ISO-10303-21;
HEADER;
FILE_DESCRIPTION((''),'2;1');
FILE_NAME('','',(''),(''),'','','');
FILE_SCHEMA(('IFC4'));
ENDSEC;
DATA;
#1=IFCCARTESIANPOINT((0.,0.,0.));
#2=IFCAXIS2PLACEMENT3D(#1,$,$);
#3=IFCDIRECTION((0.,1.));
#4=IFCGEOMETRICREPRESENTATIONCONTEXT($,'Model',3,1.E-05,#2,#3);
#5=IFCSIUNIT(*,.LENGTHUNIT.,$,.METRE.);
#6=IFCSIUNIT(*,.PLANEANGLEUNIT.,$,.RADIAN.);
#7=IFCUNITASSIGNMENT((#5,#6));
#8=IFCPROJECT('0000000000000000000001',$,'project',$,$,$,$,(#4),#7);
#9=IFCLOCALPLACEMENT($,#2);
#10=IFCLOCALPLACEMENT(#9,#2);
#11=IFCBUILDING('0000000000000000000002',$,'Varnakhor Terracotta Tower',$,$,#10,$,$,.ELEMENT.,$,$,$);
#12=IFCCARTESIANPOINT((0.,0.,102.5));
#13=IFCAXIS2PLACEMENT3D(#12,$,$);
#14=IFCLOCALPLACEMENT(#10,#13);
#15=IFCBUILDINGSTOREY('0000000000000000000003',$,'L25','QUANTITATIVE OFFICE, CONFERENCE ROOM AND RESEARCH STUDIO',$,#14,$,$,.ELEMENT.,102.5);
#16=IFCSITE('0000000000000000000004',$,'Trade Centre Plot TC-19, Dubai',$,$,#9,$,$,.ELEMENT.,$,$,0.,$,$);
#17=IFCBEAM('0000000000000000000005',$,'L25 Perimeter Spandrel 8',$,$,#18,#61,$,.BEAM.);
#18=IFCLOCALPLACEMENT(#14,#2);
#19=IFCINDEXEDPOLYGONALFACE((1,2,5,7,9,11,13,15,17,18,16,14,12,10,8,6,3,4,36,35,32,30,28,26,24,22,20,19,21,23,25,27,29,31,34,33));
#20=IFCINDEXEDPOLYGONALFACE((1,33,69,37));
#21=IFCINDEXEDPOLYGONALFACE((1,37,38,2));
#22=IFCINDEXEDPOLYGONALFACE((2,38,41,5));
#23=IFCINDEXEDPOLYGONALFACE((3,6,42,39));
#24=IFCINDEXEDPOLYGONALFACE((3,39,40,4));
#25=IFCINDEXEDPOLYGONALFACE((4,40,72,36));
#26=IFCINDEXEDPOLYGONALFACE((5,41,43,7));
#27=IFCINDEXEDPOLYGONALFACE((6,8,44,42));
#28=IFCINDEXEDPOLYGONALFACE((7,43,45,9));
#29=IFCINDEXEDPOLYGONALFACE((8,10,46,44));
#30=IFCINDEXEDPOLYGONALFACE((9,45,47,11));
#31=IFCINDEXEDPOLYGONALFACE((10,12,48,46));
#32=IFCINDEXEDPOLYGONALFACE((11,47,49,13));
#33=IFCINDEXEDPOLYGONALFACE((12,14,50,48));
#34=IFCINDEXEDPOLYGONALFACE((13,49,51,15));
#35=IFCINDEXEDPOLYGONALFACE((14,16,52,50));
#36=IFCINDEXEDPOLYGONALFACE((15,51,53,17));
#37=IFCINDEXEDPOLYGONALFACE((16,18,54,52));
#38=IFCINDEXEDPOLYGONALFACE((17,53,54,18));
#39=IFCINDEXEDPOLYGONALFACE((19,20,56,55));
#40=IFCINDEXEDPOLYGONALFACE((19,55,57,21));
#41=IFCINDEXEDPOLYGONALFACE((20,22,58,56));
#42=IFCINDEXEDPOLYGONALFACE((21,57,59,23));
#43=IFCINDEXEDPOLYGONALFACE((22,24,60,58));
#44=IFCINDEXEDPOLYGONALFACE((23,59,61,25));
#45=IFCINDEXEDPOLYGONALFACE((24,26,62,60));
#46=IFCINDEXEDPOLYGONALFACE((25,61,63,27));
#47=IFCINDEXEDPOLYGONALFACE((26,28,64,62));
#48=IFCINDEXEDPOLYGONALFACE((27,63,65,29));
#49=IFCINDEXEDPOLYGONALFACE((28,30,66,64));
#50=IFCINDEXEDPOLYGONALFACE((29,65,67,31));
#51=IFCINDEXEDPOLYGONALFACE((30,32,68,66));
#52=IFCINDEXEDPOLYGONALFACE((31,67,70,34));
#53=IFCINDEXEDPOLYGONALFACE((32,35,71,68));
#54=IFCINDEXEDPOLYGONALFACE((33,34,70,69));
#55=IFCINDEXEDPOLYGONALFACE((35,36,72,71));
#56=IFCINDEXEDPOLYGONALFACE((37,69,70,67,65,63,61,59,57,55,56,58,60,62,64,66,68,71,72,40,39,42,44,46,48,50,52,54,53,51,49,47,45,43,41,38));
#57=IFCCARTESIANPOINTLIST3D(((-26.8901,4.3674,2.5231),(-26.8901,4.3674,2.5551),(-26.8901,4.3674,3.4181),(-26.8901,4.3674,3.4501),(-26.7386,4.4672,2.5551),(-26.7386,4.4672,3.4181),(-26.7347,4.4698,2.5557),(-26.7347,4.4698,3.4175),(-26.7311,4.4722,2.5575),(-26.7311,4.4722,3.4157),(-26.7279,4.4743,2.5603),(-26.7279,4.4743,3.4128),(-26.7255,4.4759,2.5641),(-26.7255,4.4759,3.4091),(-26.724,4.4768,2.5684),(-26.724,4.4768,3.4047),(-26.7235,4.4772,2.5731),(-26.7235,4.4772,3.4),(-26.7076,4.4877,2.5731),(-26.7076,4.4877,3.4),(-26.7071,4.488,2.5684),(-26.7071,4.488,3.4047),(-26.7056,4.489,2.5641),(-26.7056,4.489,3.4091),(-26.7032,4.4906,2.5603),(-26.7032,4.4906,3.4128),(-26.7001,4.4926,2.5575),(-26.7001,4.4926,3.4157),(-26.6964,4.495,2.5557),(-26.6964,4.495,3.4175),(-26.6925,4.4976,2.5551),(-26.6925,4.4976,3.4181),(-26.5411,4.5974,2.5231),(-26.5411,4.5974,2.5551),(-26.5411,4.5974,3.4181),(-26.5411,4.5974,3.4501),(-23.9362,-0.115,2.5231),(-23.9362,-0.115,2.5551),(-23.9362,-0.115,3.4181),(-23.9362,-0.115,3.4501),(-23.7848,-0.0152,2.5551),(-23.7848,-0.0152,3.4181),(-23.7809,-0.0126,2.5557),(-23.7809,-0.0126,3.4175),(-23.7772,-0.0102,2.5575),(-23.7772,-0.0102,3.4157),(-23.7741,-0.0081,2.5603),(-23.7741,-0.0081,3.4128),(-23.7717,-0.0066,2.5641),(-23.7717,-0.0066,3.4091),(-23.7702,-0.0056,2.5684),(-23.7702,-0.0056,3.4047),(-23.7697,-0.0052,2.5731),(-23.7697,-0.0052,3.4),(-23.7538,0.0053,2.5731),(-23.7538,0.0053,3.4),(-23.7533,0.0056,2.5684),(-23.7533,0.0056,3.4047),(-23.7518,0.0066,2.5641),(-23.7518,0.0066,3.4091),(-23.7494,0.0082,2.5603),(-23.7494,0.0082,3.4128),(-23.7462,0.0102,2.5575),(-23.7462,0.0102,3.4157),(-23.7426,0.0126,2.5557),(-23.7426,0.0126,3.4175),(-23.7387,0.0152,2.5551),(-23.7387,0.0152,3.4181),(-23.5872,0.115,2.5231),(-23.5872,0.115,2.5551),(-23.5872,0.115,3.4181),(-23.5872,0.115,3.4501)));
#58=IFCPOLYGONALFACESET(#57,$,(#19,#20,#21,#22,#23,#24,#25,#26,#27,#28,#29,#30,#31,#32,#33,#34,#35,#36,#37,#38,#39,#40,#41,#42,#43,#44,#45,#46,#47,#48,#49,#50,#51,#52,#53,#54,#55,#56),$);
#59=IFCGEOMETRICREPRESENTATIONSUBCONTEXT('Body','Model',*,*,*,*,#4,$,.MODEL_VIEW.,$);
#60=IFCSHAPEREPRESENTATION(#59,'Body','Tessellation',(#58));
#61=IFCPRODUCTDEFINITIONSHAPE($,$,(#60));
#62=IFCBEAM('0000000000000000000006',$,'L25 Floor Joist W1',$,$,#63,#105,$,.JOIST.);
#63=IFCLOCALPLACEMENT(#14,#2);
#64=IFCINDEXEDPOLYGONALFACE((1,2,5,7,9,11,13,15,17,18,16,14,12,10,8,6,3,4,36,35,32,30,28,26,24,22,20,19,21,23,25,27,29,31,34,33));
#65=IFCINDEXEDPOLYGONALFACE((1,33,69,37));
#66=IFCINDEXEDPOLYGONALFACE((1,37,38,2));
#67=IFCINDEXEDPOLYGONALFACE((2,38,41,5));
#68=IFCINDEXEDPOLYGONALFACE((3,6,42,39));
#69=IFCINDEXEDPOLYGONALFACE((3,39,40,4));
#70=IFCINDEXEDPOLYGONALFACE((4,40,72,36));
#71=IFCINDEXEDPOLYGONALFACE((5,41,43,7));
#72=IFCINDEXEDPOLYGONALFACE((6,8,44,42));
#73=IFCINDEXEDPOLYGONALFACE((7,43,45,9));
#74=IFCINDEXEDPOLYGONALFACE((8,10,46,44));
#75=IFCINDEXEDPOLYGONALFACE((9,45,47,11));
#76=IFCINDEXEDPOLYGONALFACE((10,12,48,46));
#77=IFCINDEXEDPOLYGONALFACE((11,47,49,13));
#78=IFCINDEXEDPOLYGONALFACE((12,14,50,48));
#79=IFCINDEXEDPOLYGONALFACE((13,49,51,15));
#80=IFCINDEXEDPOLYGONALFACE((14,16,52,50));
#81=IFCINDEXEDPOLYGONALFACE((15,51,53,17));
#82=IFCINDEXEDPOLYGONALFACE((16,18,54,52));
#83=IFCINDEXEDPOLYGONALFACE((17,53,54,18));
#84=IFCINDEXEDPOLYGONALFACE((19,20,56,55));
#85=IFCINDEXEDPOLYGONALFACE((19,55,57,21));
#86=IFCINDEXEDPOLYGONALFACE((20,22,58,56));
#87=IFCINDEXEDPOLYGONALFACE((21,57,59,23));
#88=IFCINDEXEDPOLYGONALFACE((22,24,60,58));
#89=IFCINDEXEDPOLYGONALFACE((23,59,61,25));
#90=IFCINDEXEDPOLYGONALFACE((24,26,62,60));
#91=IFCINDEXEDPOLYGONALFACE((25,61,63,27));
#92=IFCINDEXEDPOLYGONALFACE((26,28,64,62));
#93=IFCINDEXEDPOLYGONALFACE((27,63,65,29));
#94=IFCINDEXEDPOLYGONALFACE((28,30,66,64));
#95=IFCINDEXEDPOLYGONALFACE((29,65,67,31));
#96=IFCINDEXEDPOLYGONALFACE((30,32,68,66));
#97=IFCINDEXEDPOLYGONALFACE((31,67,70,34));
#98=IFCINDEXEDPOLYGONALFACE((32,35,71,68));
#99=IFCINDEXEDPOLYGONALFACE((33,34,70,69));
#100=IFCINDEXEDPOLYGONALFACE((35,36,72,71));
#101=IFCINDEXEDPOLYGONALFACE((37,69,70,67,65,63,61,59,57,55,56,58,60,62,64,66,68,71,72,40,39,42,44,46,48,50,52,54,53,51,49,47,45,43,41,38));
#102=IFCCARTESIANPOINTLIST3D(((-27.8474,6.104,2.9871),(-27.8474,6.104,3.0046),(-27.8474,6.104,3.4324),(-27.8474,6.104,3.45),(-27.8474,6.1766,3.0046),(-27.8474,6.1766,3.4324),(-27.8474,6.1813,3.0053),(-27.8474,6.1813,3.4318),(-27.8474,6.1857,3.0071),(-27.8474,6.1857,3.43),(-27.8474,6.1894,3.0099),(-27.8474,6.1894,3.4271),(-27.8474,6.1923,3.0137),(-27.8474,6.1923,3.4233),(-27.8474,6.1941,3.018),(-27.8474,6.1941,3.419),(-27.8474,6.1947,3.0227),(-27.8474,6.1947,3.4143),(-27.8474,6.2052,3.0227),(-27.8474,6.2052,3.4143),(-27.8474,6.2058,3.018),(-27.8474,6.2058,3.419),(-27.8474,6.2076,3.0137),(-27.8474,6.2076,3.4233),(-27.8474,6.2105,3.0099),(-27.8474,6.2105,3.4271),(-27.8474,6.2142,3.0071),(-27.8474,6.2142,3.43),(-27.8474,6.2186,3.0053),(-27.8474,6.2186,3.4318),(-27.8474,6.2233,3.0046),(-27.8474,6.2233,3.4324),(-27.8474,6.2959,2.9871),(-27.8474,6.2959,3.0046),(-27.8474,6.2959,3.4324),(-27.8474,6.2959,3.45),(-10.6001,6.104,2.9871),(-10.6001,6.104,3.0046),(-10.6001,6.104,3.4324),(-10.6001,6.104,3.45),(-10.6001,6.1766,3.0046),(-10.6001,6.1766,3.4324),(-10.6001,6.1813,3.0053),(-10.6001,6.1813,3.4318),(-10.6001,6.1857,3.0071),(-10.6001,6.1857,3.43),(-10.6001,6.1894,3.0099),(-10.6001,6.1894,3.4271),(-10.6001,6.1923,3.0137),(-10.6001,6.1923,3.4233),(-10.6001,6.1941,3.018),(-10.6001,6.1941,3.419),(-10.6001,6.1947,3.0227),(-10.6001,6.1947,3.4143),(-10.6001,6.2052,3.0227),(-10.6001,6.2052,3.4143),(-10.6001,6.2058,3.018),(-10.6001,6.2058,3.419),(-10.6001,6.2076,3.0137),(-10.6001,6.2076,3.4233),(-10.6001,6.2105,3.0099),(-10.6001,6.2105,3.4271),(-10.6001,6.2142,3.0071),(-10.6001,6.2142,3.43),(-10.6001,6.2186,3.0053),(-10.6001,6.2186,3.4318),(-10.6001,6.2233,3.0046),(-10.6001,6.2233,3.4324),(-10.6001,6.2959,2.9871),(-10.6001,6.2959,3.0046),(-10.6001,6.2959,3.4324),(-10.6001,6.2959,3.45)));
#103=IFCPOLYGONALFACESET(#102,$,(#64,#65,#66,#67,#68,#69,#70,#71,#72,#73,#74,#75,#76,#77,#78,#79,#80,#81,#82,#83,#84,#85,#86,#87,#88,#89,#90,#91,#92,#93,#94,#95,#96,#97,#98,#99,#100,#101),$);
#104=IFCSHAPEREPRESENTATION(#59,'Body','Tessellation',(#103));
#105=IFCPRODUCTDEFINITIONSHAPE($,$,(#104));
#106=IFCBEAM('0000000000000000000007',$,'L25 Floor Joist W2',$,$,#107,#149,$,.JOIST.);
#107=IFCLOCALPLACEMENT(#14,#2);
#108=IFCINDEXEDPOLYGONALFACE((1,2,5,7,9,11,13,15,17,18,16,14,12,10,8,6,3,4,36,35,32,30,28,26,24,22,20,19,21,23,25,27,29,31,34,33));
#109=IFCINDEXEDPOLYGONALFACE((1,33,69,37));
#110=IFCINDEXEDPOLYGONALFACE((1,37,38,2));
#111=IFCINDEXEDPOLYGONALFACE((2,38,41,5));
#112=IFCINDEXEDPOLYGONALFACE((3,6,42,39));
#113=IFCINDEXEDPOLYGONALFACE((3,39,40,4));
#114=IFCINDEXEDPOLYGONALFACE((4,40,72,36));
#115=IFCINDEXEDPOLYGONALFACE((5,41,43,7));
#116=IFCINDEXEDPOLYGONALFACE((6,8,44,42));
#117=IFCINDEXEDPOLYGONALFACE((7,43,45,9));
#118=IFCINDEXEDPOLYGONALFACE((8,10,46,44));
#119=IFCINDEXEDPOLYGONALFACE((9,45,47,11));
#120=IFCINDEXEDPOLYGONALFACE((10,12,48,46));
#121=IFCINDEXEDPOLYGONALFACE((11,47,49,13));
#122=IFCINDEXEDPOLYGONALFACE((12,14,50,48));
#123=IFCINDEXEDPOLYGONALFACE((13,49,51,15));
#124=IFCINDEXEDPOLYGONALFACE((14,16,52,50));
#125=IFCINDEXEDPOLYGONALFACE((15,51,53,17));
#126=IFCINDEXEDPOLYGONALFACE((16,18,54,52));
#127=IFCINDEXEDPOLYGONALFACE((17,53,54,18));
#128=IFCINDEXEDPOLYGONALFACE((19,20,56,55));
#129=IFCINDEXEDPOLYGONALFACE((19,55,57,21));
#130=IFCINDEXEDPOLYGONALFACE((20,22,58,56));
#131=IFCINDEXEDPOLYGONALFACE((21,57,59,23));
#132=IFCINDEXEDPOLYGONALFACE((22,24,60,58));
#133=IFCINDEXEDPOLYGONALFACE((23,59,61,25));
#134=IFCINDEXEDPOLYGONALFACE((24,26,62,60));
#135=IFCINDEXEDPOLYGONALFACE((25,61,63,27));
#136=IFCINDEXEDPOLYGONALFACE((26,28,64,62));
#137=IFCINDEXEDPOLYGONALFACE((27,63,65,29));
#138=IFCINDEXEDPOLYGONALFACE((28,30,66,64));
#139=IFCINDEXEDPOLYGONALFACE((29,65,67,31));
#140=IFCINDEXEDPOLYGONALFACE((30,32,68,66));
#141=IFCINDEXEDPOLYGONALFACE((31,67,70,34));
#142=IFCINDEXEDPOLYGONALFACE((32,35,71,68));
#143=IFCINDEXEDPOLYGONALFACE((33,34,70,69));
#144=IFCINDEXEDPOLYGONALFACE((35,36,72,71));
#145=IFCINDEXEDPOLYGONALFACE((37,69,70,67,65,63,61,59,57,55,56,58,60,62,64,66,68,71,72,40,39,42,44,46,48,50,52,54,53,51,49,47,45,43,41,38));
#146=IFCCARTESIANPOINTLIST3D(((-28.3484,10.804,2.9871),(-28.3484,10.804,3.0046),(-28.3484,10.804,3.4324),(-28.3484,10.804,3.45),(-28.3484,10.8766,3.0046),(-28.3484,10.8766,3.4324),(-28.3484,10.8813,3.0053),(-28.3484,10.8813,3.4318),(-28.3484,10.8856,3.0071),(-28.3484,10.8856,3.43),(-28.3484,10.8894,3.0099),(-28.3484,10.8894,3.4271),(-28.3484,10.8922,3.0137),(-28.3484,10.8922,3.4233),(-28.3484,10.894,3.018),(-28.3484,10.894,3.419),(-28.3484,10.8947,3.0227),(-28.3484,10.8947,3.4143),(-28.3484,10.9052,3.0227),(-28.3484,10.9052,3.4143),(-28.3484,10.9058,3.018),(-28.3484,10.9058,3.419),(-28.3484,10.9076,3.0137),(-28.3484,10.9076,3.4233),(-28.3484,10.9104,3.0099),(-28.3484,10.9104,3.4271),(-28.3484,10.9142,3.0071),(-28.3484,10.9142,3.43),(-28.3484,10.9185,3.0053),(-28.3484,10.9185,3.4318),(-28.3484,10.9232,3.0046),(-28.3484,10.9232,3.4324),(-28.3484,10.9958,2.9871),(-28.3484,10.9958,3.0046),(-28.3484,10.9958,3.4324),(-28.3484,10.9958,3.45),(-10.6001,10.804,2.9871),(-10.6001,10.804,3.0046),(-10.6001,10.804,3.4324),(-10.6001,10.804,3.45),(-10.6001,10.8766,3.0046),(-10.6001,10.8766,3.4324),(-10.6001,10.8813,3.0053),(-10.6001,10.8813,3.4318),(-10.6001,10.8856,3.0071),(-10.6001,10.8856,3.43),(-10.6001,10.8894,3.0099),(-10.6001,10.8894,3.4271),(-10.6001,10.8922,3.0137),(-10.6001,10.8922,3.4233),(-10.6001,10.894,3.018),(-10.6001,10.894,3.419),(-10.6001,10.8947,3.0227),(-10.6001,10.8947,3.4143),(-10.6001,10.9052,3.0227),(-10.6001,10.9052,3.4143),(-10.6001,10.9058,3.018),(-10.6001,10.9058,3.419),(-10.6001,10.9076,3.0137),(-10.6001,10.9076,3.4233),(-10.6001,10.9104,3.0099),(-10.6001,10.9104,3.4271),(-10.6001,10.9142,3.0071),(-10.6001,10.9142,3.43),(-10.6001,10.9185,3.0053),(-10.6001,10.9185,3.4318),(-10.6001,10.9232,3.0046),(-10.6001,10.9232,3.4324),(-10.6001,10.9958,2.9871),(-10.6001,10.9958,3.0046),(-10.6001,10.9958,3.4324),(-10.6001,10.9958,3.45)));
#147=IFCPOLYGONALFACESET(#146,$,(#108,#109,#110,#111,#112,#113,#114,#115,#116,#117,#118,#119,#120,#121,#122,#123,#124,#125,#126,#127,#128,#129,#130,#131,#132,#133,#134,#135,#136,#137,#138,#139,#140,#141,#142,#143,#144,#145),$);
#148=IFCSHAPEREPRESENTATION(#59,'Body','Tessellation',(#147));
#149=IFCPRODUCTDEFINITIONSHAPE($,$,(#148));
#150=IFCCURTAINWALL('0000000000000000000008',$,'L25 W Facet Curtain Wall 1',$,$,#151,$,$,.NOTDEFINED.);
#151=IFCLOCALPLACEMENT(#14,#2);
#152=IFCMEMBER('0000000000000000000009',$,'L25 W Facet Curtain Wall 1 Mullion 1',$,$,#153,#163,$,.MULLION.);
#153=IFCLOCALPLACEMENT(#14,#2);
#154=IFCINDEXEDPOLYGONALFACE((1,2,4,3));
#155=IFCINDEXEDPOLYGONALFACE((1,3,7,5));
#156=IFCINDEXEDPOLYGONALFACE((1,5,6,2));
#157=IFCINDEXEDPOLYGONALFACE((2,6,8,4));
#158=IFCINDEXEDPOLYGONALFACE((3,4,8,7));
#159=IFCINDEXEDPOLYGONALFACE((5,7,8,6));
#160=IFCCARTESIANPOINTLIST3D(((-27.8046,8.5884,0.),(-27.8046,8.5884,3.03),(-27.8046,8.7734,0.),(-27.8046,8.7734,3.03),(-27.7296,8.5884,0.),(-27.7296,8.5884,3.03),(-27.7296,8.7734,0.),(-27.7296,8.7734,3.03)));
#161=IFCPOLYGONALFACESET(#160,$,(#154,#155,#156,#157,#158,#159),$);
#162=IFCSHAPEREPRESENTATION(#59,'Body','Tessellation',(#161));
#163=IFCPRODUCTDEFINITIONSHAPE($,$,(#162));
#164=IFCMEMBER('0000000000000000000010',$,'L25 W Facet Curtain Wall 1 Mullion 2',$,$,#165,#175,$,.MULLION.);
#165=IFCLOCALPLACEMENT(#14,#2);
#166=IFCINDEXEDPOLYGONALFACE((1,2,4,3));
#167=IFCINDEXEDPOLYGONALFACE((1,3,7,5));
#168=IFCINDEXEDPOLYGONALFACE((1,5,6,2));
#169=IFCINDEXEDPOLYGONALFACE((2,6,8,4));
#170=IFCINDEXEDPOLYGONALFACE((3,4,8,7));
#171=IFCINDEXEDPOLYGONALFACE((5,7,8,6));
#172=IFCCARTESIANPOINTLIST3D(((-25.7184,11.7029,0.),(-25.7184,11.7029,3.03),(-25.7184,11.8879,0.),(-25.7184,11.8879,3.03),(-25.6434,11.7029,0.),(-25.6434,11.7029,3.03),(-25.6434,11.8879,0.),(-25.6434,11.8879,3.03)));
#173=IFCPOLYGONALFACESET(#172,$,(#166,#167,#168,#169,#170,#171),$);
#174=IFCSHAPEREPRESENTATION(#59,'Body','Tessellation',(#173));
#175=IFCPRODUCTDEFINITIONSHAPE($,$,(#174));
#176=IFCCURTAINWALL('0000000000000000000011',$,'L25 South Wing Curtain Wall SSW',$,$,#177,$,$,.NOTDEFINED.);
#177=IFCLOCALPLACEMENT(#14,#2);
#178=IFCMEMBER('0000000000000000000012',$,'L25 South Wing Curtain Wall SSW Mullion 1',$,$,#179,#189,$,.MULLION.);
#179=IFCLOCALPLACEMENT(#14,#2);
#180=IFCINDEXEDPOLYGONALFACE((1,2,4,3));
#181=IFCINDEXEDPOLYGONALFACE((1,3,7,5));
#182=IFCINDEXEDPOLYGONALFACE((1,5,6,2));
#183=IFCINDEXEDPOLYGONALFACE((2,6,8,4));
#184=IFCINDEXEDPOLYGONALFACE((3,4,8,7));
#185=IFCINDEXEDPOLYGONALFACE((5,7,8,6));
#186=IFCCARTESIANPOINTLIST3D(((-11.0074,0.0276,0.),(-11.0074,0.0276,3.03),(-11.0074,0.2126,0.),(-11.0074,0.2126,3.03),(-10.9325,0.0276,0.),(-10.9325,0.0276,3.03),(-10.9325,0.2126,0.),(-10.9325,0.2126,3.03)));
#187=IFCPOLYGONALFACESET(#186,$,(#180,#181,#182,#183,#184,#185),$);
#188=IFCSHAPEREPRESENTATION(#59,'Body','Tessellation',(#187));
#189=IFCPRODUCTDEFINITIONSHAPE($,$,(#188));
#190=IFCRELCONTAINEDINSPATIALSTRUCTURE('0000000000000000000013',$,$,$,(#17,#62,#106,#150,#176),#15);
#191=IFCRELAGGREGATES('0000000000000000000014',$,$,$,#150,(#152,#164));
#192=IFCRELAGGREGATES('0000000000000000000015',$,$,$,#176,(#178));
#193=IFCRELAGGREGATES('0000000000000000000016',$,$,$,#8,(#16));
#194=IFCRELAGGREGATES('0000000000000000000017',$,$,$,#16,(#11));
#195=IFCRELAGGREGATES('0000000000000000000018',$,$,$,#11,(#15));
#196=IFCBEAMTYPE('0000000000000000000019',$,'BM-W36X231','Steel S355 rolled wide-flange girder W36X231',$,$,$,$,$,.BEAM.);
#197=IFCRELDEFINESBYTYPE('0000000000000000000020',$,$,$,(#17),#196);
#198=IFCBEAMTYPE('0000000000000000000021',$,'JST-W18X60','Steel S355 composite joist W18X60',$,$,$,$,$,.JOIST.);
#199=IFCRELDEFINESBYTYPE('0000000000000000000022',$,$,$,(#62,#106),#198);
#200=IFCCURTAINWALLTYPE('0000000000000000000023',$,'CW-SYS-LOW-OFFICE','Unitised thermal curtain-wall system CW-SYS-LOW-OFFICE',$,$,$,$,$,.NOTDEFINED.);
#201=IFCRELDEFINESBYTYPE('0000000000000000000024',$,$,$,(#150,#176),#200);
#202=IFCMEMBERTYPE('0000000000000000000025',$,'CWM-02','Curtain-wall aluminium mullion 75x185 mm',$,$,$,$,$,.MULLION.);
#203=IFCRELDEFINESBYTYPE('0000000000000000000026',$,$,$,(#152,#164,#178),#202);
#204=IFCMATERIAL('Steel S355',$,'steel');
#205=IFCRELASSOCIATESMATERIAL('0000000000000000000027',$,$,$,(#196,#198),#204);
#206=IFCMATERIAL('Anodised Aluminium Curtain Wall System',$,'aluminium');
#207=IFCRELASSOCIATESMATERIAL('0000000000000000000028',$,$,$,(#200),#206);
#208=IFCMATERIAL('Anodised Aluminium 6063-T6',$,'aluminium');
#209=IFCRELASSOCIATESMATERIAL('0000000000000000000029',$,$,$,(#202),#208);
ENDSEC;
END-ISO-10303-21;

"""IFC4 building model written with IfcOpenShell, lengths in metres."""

from ifc_helpers import new_model, si_unit, direction, frame, origin, origin_2d, place, context, subcontext, project, spatial, rectangle, i_section, extrude, source, transform, mapped, material, material_profile, profile_set, type_object, type_shapes, element, aggregate, save


model = new_model("IFC4")

# Units and contexts
model_context = context("Model", 3, precision=1e-05, world=origin(), true_north=direction((0.0, 1.0)))
body_context = subcontext(model_context, "Body", "Model", "MODEL_VIEW")
ifc_project = project(units=[si_unit("LENGTHUNIT", "METRE"), si_unit("PLANEANGLEUNIT", "RADIAN")], contexts=[model_context])

# Site, building, storey
site_placement = place(None, origin())
site = spatial("IfcSite", under=ifc_project, at=site_placement, Name="Trade Centre Plot TC-19, Dubai", CompositionType="ELEMENT", RefElevation=0.0)
building_placement = place(site_placement, origin())
building = spatial("IfcBuilding", under=site, at=building_placement, Name="Varnakhor Terracotta Tower", CompositionType="ELEMENT")
storey_placement = place(building_placement, frame((0.0, 0.0, 102.5)))
storey = spatial("IfcBuildingStorey", under=building, at=storey_placement, Name="L25", Description="QUANTITATIVE OFFICE, CONFERENCE ROOM AND RESEARCH STUDIO", CompositionType="ELEMENT", Elevation=102.5)

# Beams
ifc_material_1 = material(Name="Steel S355", Category="steel")
ifc_material_profile_1 = material_profile(ifc_material_1, i_section(OverallWidth=0.418, OverallDepth=0.927, WebThickness=0.019, FlangeThickness=0.032, FilletRadius=0.0181, at=origin_2d()), Name="W36X231")
ifc_profile_set_1 = profile_set([ifc_material_profile_1], Name="Steel S355")
beam_type_1 = type_object("IfcBeamType", Name="BM-W36X231", Description="Steel S355 rolled wide-flange girder W36X231", PredefinedType="BEAM", material=ifc_profile_set_1)
shared_shape_1 = source(origin(), body_context, "Body", "SweptSolid", [
    extrude(i_section(OverallWidth=0.418, OverallDepth=0.927, WebThickness=0.019, FlangeThickness=0.032, FilletRadius=0.0181, at=origin_2d()), origin(), (0.0, 0.0, 1.0), 5.3682),
])
beam_1_placement = place(storey_placement, frame((-26.7156, 4.4824, 2.9866), z_axis=(0.550253, -0.834998, 0.0), x_axis=(0.834998, 0.550253, 0.0)))
element("IfcBeam", 1, at=beam_1_placement, inside=storey, type_object=beam_type_1, Name="L25 Perimeter Spandrel 8", PredefinedType="BEAM", context=body_context, shape_type="MappedRepresentation", body=[
    mapped(shared_shape_1, transform((0.0, 0.0, 0.0), scale=1.0)),
])
ifc_material_profile_2 = material_profile(ifc_material_1, i_section(OverallWidth=0.1919, OverallDepth=0.4629, WebThickness=0.0105, FlangeThickness=0.0176, FilletRadius=0.0181, at=origin_2d()), Name="W18X60")
ifc_profile_set_2 = profile_set([ifc_material_profile_2], Name="Steel S355")
beam_type_2 = type_object("IfcBeamType", Name="JST-W18X60", Description="Steel S355 composite joist W18X60", PredefinedType="JOIST", material=ifc_profile_set_2)
shared_shape_2 = source(origin(), body_context, "Body", "SweptSolid", [
    extrude(i_section(OverallWidth=0.1919, OverallDepth=0.4629, WebThickness=0.0105, FlangeThickness=0.0176, FilletRadius=0.0181, at=origin_2d()), origin(), (0.0, 0.0, 1.0), 17.2473),
])
beam_2_placement = place(storey_placement, frame((-27.8474, 6.2, 3.2185), z_axis=(1.0, 0.0, 0.0), x_axis=(0.0, 1.0, 0.0)))
element("IfcBeam", 2, at=beam_2_placement, inside=storey, type_object=beam_type_2, Name="L25 Floor Joist W1", PredefinedType="JOIST", context=body_context, shape_type="MappedRepresentation", body=[
    mapped(shared_shape_2, transform((0.0, 0.0, 0.0), scale=1.0)),
])
shared_shape_3 = source(origin(), body_context, "Body", "SweptSolid", [
    extrude(i_section(OverallWidth=0.1919, OverallDepth=0.4629, WebThickness=0.0105, FlangeThickness=0.0176, FilletRadius=0.0181, at=origin_2d()), origin(), (0.0, 0.0, 1.0), 17.7483),
])
beam_3_placement = place(storey_placement, frame((-28.3484, 10.8999, 3.2185), z_axis=(1.0, 0.0, 0.0), x_axis=(0.0, 1.0, 0.0)))
element("IfcBeam", 3, at=beam_3_placement, inside=storey, type_object=beam_type_2, Name="L25 Floor Joist W2", PredefinedType="JOIST", context=body_context, shape_type="MappedRepresentation", body=[
    mapped(shared_shape_3, transform((0.0, 0.0, 0.0), scale=1.0)),
])

# Curtain walls, members
ifc_material_2 = material(Name="Anodised Aluminium Curtain Wall System", Category="aluminium")
curtain_wall_type = type_object("IfcCurtainWallType", Name="CW-SYS-LOW-OFFICE", Description="Unitised thermal curtain-wall system CW-SYS-LOW-OFFICE", PredefinedType="NOTDEFINED", material=ifc_material_2)
curtain_wall_1_placement = place(storey_placement, origin())
curtain_wall_1 = element("IfcCurtainWall", 4, at=curtain_wall_1_placement, inside=storey, type_object=curtain_wall_type, Name="L25 W Facet Curtain Wall 1", PredefinedType="NOTDEFINED")
ifc_material_3 = material(Name="Anodised Aluminium 6063-T6", Category="aluminium")
ifc_material_profile_3 = material_profile(ifc_material_3, rectangle(XDim=0.075, YDim=0.1851, at=origin_2d()), Name="ALU MULLION 75x185")
ifc_profile_set_3 = profile_set([ifc_material_profile_3], Name="Anodised Aluminium 6063-T6")
member_type_1 = type_object("IfcMemberType", Name="CWM-02", Description="Curtain-wall aluminium mullion 75x185 mm", PredefinedType="MULLION", material=ifc_profile_set_3)
shared_shape_4 = source(origin(), body_context, "Body", "SweptSolid", [
    extrude(rectangle(XDim=0.075, YDim=0.1851, at=origin_2d()), origin(), (0.0, 0.0, 1.0), 3.03),
])
type_shapes(member_type_1, [shared_shape_4])
member_1_placement = place(storey_placement, frame((-27.7671, 8.6809, 0.0), z_axis=(0.0, 0.0, 1.0), x_axis=(1.0, 0.0, 0.0)))
member_1 = element("IfcMember", 5, at=member_1_placement, type_object=member_type_1, Name="L25 W Facet Curtain Wall 1 Mullion 1", PredefinedType="MULLION", context=body_context, shape_type="MappedRepresentation", body=[
    mapped(shared_shape_4, transform((0.0, 0.0, 0.0), scale=1.0)),
])
member_2_placement = place(storey_placement, frame((-25.6809, 11.7954, 0.0), z_axis=(0.0, 0.0, 1.0), x_axis=(1.0, 0.0, 0.0)))
member_2 = element("IfcMember", 6, at=member_2_placement, type_object=member_type_1, Name="L25 W Facet Curtain Wall 1 Mullion 2", PredefinedType="MULLION", context=body_context, shape_type="MappedRepresentation", body=[
    mapped(shared_shape_4, transform((0.0, 0.0, 0.0), scale=1.0)),
])
curtain_wall_2_placement = place(storey_placement, origin())
curtain_wall_2 = element("IfcCurtainWall", 7, at=curtain_wall_2_placement, inside=storey, type_object=curtain_wall_type, Name="L25 South Wing Curtain Wall SSW", PredefinedType="NOTDEFINED")
member_3_placement = place(storey_placement, frame((-10.97, 0.1201, 0.0), z_axis=(0.0, 0.0, 1.0), x_axis=(1.0, 0.0, 0.0)))
member_3 = element("IfcMember", 8, at=member_3_placement, type_object=member_type_1, Name="L25 South Wing Curtain Wall SSW Mullion 1", PredefinedType="MULLION", context=body_context, shape_type="MappedRepresentation", body=[
    mapped(shared_shape_4, transform((0.0, 0.0, 0.0), scale=1.0)),
])

aggregate(curtain_wall_1, [member_1, member_2])
aggregate(curtain_wall_2, [member_3])

save(model, "model.ifc")
